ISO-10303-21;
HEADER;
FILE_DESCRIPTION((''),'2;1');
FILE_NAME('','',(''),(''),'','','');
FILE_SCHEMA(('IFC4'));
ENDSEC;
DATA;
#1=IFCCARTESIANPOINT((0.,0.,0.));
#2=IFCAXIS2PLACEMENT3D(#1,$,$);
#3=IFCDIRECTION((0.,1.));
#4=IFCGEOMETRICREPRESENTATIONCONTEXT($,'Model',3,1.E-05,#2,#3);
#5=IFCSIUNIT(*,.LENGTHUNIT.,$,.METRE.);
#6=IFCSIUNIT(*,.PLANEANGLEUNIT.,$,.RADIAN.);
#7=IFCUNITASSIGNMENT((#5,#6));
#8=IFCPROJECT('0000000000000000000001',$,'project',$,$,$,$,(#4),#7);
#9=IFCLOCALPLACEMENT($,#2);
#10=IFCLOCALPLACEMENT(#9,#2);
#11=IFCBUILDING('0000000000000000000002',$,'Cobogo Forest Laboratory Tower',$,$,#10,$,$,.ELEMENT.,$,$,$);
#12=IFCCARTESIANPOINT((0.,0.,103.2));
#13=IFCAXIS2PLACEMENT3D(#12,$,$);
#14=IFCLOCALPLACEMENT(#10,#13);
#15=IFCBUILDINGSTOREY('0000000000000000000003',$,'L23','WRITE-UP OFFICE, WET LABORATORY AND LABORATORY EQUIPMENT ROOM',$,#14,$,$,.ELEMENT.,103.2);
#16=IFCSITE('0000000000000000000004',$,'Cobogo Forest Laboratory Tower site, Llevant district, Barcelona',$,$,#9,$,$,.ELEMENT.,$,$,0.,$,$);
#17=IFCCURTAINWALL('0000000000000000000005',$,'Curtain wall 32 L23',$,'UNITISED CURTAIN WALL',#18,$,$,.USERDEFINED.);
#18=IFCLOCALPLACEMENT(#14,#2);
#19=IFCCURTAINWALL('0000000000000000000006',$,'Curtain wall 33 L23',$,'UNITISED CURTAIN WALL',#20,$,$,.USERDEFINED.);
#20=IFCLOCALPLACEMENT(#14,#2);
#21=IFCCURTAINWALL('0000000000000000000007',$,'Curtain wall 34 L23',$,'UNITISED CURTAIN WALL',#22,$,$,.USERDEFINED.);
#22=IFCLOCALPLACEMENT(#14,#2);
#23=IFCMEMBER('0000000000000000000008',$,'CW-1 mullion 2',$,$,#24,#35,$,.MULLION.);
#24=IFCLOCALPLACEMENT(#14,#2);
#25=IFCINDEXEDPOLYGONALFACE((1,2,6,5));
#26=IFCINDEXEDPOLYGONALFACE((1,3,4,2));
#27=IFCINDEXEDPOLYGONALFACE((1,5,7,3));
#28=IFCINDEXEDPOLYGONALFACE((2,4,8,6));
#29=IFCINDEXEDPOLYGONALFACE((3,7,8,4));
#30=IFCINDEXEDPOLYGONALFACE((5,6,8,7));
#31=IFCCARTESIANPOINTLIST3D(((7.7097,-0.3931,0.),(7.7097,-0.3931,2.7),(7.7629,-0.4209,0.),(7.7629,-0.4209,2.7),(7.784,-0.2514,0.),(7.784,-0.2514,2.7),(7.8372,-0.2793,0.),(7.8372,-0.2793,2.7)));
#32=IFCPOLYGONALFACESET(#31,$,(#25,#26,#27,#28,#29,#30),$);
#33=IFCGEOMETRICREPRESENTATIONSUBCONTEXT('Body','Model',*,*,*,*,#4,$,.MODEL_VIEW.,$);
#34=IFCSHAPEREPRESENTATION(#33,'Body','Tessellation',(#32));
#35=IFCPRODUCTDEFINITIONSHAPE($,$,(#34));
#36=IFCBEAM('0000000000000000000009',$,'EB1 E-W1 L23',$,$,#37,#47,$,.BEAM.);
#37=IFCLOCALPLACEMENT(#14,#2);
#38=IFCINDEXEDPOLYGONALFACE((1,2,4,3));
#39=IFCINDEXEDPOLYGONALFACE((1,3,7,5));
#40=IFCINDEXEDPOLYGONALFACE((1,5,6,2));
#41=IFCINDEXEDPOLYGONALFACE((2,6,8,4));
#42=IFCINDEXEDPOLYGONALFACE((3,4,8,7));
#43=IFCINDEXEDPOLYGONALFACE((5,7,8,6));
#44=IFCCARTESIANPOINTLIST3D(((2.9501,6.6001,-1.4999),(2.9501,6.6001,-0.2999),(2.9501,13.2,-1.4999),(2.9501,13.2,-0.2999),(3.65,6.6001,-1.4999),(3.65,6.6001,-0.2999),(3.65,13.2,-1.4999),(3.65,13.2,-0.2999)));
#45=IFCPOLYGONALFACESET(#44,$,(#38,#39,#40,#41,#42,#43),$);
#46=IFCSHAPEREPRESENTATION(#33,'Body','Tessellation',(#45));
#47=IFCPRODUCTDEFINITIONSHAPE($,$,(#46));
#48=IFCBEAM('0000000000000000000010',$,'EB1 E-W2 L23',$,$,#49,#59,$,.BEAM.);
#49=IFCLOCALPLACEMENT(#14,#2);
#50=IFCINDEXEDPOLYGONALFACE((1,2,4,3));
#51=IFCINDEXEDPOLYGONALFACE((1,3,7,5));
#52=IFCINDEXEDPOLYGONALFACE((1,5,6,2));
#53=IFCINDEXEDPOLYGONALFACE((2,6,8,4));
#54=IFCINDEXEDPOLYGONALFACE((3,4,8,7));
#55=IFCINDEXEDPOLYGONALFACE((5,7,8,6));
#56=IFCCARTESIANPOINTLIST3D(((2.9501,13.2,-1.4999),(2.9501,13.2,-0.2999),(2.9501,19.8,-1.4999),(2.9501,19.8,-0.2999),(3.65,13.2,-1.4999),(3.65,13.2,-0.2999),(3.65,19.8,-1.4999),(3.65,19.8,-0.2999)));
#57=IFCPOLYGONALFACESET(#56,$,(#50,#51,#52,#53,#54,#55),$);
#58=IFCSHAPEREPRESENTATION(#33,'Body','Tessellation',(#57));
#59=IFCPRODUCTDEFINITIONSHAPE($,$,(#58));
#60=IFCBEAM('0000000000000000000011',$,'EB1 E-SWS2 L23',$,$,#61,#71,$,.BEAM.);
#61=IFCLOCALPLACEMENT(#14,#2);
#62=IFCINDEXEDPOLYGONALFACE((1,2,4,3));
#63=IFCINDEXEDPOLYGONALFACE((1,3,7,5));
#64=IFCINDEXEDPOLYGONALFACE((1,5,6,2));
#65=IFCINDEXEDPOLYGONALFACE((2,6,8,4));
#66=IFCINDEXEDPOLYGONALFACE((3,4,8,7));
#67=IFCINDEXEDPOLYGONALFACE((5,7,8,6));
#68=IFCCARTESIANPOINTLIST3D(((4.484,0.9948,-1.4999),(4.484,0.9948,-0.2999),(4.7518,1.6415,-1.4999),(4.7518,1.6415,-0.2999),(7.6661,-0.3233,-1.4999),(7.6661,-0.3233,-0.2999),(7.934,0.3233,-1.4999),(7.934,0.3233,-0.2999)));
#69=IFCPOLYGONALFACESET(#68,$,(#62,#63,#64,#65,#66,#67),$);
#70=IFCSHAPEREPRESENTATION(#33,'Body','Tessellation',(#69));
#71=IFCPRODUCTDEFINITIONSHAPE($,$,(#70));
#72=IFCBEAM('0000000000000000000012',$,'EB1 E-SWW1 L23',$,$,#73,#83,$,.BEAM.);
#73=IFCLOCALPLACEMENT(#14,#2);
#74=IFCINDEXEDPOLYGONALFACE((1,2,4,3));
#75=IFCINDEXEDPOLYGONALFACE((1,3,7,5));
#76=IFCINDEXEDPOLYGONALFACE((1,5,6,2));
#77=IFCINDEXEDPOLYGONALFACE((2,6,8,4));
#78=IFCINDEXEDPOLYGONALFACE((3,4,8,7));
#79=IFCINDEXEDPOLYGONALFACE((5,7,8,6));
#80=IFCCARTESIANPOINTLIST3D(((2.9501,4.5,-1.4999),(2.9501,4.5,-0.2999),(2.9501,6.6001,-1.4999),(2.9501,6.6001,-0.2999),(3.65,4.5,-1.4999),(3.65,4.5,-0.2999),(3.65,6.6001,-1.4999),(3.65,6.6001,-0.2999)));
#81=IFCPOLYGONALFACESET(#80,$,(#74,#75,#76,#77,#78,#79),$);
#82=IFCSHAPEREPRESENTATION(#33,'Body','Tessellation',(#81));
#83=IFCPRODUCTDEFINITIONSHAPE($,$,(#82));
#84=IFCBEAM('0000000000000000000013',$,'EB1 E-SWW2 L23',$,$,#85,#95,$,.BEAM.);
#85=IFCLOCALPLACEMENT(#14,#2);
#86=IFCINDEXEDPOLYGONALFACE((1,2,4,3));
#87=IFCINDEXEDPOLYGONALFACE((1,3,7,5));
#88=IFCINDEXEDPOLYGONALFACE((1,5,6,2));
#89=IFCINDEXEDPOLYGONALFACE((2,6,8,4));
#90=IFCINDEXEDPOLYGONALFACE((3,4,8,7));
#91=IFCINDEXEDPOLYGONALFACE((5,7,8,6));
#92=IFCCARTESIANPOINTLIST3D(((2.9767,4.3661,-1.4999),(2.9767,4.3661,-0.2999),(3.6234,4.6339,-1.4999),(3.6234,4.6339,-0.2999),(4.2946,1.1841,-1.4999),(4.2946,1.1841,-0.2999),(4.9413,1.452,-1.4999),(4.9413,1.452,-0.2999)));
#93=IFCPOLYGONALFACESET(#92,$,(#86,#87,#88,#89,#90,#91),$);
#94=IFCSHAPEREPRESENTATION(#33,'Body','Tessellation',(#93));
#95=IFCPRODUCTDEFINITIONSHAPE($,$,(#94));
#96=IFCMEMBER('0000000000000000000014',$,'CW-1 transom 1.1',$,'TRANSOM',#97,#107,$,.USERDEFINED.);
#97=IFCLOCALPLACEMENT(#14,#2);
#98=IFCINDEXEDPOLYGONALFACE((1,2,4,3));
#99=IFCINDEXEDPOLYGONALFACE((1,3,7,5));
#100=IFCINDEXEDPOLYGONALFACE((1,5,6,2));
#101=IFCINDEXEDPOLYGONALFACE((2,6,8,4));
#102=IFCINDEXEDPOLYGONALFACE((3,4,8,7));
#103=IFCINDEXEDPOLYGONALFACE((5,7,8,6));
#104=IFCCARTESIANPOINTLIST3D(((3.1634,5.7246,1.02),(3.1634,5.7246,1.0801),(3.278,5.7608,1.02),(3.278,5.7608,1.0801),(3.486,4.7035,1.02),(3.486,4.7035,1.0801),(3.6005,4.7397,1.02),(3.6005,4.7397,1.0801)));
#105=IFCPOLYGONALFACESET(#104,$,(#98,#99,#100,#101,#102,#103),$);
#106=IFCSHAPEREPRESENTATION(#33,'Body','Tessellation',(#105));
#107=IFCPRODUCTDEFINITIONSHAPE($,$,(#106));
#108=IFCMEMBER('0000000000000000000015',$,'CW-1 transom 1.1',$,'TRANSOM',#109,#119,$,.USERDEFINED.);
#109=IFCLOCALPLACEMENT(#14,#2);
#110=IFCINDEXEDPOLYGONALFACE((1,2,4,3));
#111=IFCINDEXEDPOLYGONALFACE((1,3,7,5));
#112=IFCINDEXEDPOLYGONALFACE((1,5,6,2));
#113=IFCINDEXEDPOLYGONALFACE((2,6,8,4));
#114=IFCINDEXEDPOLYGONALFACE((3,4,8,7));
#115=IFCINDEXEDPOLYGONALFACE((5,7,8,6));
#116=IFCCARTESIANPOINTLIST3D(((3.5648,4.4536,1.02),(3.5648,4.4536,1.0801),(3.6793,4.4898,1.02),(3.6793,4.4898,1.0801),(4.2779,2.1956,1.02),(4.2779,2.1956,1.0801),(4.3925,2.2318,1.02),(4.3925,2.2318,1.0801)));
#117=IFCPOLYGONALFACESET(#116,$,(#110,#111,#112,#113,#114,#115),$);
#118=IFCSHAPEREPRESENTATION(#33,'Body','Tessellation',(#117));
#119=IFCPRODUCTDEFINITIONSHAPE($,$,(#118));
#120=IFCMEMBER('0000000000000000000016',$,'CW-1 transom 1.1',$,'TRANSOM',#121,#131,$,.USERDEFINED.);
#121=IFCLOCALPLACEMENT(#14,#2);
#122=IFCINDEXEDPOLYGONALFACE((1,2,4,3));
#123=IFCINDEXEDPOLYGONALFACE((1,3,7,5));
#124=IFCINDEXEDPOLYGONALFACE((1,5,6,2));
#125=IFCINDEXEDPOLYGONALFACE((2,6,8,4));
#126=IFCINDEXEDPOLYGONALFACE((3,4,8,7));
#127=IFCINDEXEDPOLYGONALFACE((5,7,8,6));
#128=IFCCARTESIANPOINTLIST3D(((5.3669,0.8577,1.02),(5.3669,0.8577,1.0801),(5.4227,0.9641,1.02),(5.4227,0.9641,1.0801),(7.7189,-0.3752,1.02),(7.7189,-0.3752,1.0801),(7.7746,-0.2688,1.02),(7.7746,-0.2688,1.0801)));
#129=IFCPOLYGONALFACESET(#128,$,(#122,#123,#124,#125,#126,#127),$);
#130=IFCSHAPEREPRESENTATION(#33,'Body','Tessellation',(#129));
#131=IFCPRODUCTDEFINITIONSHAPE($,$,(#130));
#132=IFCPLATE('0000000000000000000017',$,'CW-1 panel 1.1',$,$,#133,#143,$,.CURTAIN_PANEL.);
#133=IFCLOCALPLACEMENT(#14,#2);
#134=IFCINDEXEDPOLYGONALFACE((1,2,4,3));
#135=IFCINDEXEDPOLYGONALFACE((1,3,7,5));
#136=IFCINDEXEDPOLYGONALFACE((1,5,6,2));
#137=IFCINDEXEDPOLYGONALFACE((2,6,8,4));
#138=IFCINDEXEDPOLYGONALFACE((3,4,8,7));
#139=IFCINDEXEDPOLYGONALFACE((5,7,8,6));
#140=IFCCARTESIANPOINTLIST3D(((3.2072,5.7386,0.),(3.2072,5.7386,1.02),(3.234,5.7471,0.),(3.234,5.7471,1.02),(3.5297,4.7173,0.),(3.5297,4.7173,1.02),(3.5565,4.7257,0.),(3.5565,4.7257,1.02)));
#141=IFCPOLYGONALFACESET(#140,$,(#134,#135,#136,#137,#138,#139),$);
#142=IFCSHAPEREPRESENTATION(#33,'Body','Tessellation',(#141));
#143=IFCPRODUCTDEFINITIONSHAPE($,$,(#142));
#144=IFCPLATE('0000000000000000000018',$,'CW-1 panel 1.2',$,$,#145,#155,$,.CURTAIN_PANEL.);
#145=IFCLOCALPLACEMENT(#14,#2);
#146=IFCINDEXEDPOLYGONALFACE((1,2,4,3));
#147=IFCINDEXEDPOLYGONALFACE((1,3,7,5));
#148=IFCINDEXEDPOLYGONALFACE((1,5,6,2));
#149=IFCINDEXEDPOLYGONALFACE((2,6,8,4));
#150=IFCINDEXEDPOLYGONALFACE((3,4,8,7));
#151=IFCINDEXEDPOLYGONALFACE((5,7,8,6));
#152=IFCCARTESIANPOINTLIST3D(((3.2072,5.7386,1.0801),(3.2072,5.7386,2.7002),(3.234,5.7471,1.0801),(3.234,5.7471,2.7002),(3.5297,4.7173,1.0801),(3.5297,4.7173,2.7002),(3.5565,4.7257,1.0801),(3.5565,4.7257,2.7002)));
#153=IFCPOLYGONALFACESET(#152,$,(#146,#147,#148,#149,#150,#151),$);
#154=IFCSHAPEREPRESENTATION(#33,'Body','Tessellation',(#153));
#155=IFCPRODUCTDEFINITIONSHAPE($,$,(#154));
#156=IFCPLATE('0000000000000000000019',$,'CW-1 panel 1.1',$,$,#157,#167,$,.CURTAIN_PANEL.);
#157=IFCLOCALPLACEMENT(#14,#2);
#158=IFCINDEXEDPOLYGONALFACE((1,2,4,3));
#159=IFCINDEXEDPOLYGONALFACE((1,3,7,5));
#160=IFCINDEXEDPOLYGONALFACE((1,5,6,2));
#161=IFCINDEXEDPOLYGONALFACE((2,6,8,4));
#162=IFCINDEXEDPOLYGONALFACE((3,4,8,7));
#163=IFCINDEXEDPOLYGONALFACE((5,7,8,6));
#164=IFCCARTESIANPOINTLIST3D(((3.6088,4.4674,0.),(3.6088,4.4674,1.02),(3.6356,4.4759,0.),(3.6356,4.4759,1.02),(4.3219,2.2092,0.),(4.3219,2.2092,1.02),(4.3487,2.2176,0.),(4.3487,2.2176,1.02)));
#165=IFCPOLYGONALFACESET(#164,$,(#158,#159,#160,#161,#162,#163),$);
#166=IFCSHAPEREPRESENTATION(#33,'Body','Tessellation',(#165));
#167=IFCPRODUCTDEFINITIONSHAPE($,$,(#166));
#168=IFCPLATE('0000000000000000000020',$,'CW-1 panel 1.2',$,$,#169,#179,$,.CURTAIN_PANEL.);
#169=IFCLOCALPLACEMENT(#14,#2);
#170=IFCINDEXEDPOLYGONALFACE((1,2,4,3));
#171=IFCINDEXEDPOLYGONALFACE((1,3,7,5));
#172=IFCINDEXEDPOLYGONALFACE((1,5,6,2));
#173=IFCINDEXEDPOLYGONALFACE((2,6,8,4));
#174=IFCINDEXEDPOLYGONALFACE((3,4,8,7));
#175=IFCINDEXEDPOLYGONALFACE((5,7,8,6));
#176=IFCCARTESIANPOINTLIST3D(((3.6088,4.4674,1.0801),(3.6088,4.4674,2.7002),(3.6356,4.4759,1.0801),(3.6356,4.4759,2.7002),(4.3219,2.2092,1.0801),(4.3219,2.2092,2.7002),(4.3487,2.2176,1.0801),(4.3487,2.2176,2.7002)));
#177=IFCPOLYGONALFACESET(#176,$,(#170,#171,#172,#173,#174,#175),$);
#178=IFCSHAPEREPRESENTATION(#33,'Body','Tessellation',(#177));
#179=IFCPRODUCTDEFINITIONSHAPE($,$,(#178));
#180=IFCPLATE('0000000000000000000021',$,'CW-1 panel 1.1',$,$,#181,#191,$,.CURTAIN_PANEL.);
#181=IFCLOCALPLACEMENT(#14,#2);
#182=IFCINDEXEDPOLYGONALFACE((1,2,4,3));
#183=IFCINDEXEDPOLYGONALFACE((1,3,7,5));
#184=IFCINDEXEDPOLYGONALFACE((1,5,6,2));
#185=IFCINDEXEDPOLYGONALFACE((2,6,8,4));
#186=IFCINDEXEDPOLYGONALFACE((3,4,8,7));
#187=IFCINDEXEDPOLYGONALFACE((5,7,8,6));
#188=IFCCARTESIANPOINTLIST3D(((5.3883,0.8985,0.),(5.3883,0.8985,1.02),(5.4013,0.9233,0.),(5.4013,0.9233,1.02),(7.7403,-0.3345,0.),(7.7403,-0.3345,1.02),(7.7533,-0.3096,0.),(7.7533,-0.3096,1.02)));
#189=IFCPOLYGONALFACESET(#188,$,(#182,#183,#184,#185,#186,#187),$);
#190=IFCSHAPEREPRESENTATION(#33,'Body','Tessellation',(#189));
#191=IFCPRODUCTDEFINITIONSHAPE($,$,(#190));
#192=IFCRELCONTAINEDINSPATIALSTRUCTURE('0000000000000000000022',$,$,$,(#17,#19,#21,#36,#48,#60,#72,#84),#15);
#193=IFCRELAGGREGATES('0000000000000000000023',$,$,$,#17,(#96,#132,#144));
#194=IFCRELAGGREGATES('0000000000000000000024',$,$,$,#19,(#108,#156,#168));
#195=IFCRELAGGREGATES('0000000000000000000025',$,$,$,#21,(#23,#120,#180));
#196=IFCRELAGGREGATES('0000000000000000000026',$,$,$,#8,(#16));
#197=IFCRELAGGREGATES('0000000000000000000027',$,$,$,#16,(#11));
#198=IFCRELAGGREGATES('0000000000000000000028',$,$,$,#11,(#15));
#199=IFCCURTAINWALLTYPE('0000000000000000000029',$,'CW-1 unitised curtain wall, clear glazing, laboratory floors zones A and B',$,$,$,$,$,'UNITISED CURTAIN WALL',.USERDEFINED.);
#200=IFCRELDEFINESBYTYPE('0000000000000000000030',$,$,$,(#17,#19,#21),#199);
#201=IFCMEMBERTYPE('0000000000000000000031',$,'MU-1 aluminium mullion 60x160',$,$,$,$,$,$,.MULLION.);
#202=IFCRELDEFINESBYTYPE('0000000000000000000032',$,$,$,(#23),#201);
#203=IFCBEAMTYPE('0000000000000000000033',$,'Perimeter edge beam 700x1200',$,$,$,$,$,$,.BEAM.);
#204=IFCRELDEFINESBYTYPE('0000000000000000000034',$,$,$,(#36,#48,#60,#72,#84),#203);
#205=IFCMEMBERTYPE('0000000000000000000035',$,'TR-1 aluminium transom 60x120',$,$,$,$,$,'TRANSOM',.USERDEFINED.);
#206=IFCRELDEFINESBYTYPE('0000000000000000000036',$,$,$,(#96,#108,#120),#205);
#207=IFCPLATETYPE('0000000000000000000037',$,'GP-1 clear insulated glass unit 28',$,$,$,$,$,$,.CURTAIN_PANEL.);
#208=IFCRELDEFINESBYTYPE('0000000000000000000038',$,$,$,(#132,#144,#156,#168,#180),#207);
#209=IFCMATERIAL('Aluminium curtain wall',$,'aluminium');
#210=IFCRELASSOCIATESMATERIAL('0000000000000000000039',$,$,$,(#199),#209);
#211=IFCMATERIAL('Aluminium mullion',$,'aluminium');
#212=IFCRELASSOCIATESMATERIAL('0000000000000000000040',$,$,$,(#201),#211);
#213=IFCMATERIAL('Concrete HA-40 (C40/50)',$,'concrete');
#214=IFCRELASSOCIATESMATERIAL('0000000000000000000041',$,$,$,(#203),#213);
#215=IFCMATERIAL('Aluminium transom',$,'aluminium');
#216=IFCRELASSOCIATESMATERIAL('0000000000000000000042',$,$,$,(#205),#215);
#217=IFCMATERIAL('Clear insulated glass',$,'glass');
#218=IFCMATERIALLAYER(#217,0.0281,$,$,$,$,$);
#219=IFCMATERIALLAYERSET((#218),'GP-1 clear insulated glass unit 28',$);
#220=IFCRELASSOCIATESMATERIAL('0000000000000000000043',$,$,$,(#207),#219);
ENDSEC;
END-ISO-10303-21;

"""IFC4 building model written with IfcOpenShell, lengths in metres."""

from ifc_helpers import new_model, si_unit, direction, frame, origin, origin_2d, place, context, subcontext, project, spatial, rectangle, extrude, material, layer, layer_set, material_profile, profile_set, type_object, element, aggregate, save


model = new_model("IFC4")

# Units and contexts
model_context = context("Model", 3, precision=1e-05, world=origin(), true_north=direction((0.0, 1.0)))
body_context = subcontext(model_context, "Body", "Model", "MODEL_VIEW")
ifc_project = project(units=[si_unit("LENGTHUNIT", "METRE"), si_unit("PLANEANGLEUNIT", "RADIAN")], contexts=[model_context])

# Site, building, storey
site_placement = place(None, origin())
site = spatial("IfcSite", under=ifc_project, at=site_placement, Name="Cobogo Forest Laboratory Tower site, Llevant district, Barcelona", CompositionType="ELEMENT", RefElevation=0.0)
building_placement = place(site_placement, origin())
building = spatial("IfcBuilding", under=site, at=building_placement, Name="Cobogo Forest Laboratory Tower", CompositionType="ELEMENT")
storey_placement = place(building_placement, frame((0.0, 0.0, 103.2)))
storey = spatial("IfcBuildingStorey", under=building, at=storey_placement, Name="L23", Description="WRITE-UP OFFICE, WET LABORATORY AND LABORATORY EQUIPMENT ROOM", CompositionType="ELEMENT", Elevation=103.2)

# Shared definitions
ifc_material_1 = material(Name="Concrete HA-40 (C40/50)", Category="concrete")

# Curtain wall
ifc_material_2 = material(Name="Aluminium curtain wall", Category="aluminium")
curtain_wall_type = type_object("IfcCurtainWallType", Name="CW-1 unitised curtain wall, clear glazing, laboratory floors zones A and B", ElementType="UNITISED CURTAIN WALL", PredefinedType="USERDEFINED", material=ifc_material_2)
curtain_wall_1_placement = place(storey_placement, origin())
curtain_wall_1 = element("IfcCurtainWall", 1, at=curtain_wall_1_placement, inside=storey, type_object=curtain_wall_type, Name="Curtain wall 32 L23", ObjectType="UNITISED CURTAIN WALL", PredefinedType="USERDEFINED")
ifc_material_3 = material(Name="Aluminium mullion", Category="aluminium")
ifc_material_profile_1 = material_profile(ifc_material_3, rectangle(XDim=0.0601, YDim=0.1599, at=origin_2d()), Name="AL 60x160")
ifc_profile_set_1 = profile_set([ifc_material_profile_1], Name="Aluminium mullion")
member_type_1 = type_object("IfcMemberType", Name="MU-1 aluminium mullion 60x160", PredefinedType="MULLION", material=ifc_profile_set_1)

# Curtain walls, member
curtain_wall_2_placement = place(storey_placement, origin())
curtain_wall_2 = element("IfcCurtainWall", 2, at=curtain_wall_2_placement, inside=storey, type_object=curtain_wall_type, Name="Curtain wall 33 L23", ObjectType="UNITISED CURTAIN WALL", PredefinedType="USERDEFINED")
curtain_wall_3_placement = place(storey_placement, origin())
curtain_wall_3 = element("IfcCurtainWall", 3, at=curtain_wall_3_placement, inside=storey, type_object=curtain_wall_type, Name="Curtain wall 34 L23", ObjectType="UNITISED CURTAIN WALL", PredefinedType="USERDEFINED")
member_1_placement = place(storey_placement, frame((7.7734, -0.3362, 0.0), z_axis=(0.0, 0.0, 1.0), x_axis=(0.885687, -0.464284, 0.0)))
member_1 = element("IfcMember", 4, at=member_1_placement, type_object=member_type_1, Name="CW-1 mullion 2", PredefinedType="MULLION", context=body_context, shape_type="SweptSolid", body=[
    extrude(rectangle(XDim=0.0601, YDim=0.1599, at=origin_2d()), origin(), (0.0, 0.0, 1.0), 2.7),
])

# Beams
ifc_material_profile_2 = material_profile(ifc_material_1, rectangle(XDim=0.7, YDim=1.2, at=origin_2d()), Name="RC 700x1200")
ifc_profile_set_2 = profile_set([ifc_material_profile_2], Name="Concrete HA-40 (C40/50)")
beam_type_1 = type_object("IfcBeamType", Name="Perimeter edge beam 700x1200", PredefinedType="BEAM", material=ifc_profile_set_2)
beam_1_placement = place(storey_placement, frame((3.3, 6.6001, -0.8999), z_axis=(0.0, 1.0, 0.0), x_axis=(-1.0, 0.0, 0.0)))
element("IfcBeam", 5, at=beam_1_placement, inside=storey, type_object=beam_type_1, Name="EB1 E-W1 L23", PredefinedType="BEAM", context=body_context, shape_type="SweptSolid", body=[
    extrude(rectangle(XDim=0.7, YDim=1.2, at=origin_2d()), origin(), (0.0, 0.0, 1.0), 6.5999),
])
beam_2_placement = place(storey_placement, frame((3.3, 13.2, -0.8999), z_axis=(0.0, 1.0, 0.0), x_axis=(-1.0, 0.0, 0.0)))
element("IfcBeam", 6, at=beam_2_placement, inside=storey, type_object=beam_type_1, Name="EB1 E-W2 L23", PredefinedType="BEAM", context=body_context, shape_type="SweptSolid", body=[
    extrude(rectangle(XDim=0.7, YDim=1.2, at=origin_2d()), origin(), (0.0, 0.0, 1.0), 6.6001),
])
beam_3_placement = place(storey_placement, frame((7.8, 0.0, -0.8999), z_axis=(-0.923876, 0.382692, 0.0), x_axis=(-0.382692, -0.923876, 0.0)))
element("IfcBeam", 7, at=beam_3_placement, inside=storey, type_object=beam_type_1, Name="EB1 E-SWS2 L23", PredefinedType="BEAM", context=body_context, shape_type="SweptSolid", body=[
    extrude(rectangle(XDim=0.7, YDim=1.2, at=origin_2d()), origin(), (0.0, 0.0, 1.0), 3.4443),
])
beam_4_placement = place(storey_placement, frame((3.3, 6.6001, -0.8999), z_axis=(0.0, -1.0, 0.0), x_axis=(1.0, 0.0, 0.0)))
element("IfcBeam", 8, at=beam_4_placement, inside=storey, type_object=beam_type_1, Name="EB1 E-SWW1 L23", PredefinedType="BEAM", context=body_context, shape_type="SweptSolid", body=[
    extrude(rectangle(XDim=0.7, YDim=1.2, at=origin_2d()), origin(), (0.0, 0.0, 1.0), 2.1001),
])
beam_5_placement = place(storey_placement, frame((3.3, 4.5, -0.8999), z_axis=(0.382656, -0.923891, 0.0), x_axis=(0.923891, 0.382656, 0.0)))
element("IfcBeam", 9, at=beam_5_placement, inside=storey, type_object=beam_type_1, Name="EB1 E-SWW2 L23", PredefinedType="BEAM", context=body_context, shape_type="SweptSolid", body=[
    extrude(rectangle(XDim=0.7, YDim=1.2, at=origin_2d()), origin(), (0.0, 0.0, 1.0), 3.4441),
])

# Members
ifc_material_4 = material(Name="Aluminium transom", Category="aluminium")
ifc_material_profile_3 = material_profile(ifc_material_4, rectangle(XDim=0.1201, YDim=0.0601, at=origin_2d()), Name="AL 60x120")
ifc_profile_set_3 = profile_set([ifc_material_profile_3], Name="Aluminium transom")
member_type_2 = type_object("IfcMemberType", Name="TR-1 aluminium transom 60x120", ElementType="TRANSOM", PredefinedType="USERDEFINED", material=ifc_profile_set_3)
member_2_placement = place(storey_placement, frame((3.2207, 5.7427, 1.05), z_axis=(0.301208, -0.953559, 0.0), x_axis=(0.953559, 0.301208, 0.0)))
member_2 = element("IfcMember", 10, at=member_2_placement, type_object=member_type_2, Name="CW-1 transom 1.1", ObjectType="TRANSOM", PredefinedType="USERDEFINED", context=body_context, shape_type="SweptSolid", body=[
    extrude(rectangle(XDim=0.1201, YDim=0.0601, at=origin_2d()), origin(), (0.0, 0.0, 1.0), 1.0708),
])
member_3_placement = place(storey_placement, frame((3.6221, 4.4717, 1.05), z_axis=(0.301156, -0.953575, 0.0), x_axis=(0.953575, 0.301156, 0.0)))
member_3 = element("IfcMember", 11, at=member_3_placement, type_object=member_type_2, Name="CW-1 transom 1.1", ObjectType="TRANSOM", PredefinedType="USERDEFINED", context=body_context, shape_type="SweptSolid", body=[
    extrude(rectangle(XDim=0.1201, YDim=0.0601, at=origin_2d()), origin(), (0.0, 0.0, 1.0), 2.3679),
])
member_4_placement = place(storey_placement, frame((5.3948, 0.9109, 1.05), z_axis=(0.885695, -0.464268, 0.0), x_axis=(0.464268, 0.885695, 0.0)))
member_4 = element("IfcMember", 12, at=member_4_placement, type_object=member_type_2, Name="CW-1 transom 1.1", ObjectType="TRANSOM", PredefinedType="USERDEFINED", context=body_context, shape_type="SweptSolid", body=[
    extrude(rectangle(XDim=0.1201, YDim=0.0601, at=origin_2d()), origin(), (0.0, 0.0, 1.0), 2.6555),
])

# Plates
ifc_material_5 = material(Name="Clear insulated glass", Category="glass")
ifc_layer_1 = layer(ifc_material_5, 0.0281)
ifc_layer_set_1 = layer_set([ifc_layer_1], Name="GP-1 clear insulated glass unit 28")
plate_type = type_object("IfcPlateType", Name="GP-1 clear insulated glass unit 28", PredefinedType="CURTAIN_PANEL", material=ifc_layer_set_1)
plate_1_placement = place(storey_placement, frame((3.3818, 5.2322, 0.0), z_axis=(0.0, 0.0, 1.0), x_axis=(0.301136, -0.953581, 0.0)))
plate_1 = element("IfcPlate", 13, at=plate_1_placement, type_object=plate_type, Name="CW-1 panel 1.1", PredefinedType="CURTAIN_PANEL", context=body_context, shape_type="SweptSolid", body=[
    extrude(rectangle(XDim=1.071, YDim=0.0281, at=origin_2d()), origin(), (0.0, 0.0, 1.0), 1.02),
])
plate_2_placement = place(storey_placement, frame((3.3818, 5.2322, 1.0801), z_axis=(0.0, 0.0, 1.0), x_axis=(0.301136, -0.953581, 0.0)))
plate_2 = element("IfcPlate", 14, at=plate_2_placement, type_object=plate_type, Name="CW-1 panel 1.2", PredefinedType="CURTAIN_PANEL", context=body_context, shape_type="SweptSolid", body=[
    extrude(rectangle(XDim=1.071, YDim=0.0281, at=origin_2d()), origin(), (0.0, 0.0, 1.0), 1.6201),
])
aggregate(curtain_wall_1, [member_2, plate_1, plate_2])
plate_3_placement = place(storey_placement, frame((3.9788, 3.3425, 0.0), z_axis=(0.0, 0.0, 1.0), x_axis=(0.301135, -0.953581, 0.0)))
plate_3 = element("IfcPlate", 15, at=plate_3_placement, type_object=plate_type, Name="CW-1 panel 1.1", PredefinedType="CURTAIN_PANEL", context=body_context, shape_type="SweptSolid", body=[
    extrude(rectangle(XDim=2.3682, YDim=0.0281, at=origin_2d()), origin(), (0.0, 0.0, 1.0), 1.02),
])
plate_4_placement = place(storey_placement, frame((3.9788, 3.3425, 1.0801), z_axis=(0.0, 0.0, 1.0), x_axis=(0.301135, -0.953581, 0.0)))
plate_4 = element("IfcPlate", 16, at=plate_4_placement, type_object=plate_type, Name="CW-1 panel 1.2", PredefinedType="CURTAIN_PANEL", context=body_context, shape_type="SweptSolid", body=[
    extrude(rectangle(XDim=2.3682, YDim=0.0281, at=origin_2d()), origin(), (0.0, 0.0, 1.0), 1.6201),
])
aggregate(curtain_wall_2, [member_3, plate_3, plate_4])
plate_5_placement = place(storey_placement, frame((6.5708, 0.2944, 0.0), z_axis=(0.0, 0.0, 1.0), x_axis=(0.885687, -0.464284, 0.0)))
plate_5 = element("IfcPlate", 17, at=plate_5_placement, type_object=plate_type, Name="CW-1 panel 1.1", PredefinedType="CURTAIN_PANEL", context=body_context, shape_type="SweptSolid", body=[
    extrude(rectangle(XDim=2.6555, YDim=0.0281, at=origin_2d()), origin(), (0.0, 0.0, 1.0), 1.02),
])
aggregate(curtain_wall_3, [member_1, member_4, plate_5])

save(model, "model.ifc")
